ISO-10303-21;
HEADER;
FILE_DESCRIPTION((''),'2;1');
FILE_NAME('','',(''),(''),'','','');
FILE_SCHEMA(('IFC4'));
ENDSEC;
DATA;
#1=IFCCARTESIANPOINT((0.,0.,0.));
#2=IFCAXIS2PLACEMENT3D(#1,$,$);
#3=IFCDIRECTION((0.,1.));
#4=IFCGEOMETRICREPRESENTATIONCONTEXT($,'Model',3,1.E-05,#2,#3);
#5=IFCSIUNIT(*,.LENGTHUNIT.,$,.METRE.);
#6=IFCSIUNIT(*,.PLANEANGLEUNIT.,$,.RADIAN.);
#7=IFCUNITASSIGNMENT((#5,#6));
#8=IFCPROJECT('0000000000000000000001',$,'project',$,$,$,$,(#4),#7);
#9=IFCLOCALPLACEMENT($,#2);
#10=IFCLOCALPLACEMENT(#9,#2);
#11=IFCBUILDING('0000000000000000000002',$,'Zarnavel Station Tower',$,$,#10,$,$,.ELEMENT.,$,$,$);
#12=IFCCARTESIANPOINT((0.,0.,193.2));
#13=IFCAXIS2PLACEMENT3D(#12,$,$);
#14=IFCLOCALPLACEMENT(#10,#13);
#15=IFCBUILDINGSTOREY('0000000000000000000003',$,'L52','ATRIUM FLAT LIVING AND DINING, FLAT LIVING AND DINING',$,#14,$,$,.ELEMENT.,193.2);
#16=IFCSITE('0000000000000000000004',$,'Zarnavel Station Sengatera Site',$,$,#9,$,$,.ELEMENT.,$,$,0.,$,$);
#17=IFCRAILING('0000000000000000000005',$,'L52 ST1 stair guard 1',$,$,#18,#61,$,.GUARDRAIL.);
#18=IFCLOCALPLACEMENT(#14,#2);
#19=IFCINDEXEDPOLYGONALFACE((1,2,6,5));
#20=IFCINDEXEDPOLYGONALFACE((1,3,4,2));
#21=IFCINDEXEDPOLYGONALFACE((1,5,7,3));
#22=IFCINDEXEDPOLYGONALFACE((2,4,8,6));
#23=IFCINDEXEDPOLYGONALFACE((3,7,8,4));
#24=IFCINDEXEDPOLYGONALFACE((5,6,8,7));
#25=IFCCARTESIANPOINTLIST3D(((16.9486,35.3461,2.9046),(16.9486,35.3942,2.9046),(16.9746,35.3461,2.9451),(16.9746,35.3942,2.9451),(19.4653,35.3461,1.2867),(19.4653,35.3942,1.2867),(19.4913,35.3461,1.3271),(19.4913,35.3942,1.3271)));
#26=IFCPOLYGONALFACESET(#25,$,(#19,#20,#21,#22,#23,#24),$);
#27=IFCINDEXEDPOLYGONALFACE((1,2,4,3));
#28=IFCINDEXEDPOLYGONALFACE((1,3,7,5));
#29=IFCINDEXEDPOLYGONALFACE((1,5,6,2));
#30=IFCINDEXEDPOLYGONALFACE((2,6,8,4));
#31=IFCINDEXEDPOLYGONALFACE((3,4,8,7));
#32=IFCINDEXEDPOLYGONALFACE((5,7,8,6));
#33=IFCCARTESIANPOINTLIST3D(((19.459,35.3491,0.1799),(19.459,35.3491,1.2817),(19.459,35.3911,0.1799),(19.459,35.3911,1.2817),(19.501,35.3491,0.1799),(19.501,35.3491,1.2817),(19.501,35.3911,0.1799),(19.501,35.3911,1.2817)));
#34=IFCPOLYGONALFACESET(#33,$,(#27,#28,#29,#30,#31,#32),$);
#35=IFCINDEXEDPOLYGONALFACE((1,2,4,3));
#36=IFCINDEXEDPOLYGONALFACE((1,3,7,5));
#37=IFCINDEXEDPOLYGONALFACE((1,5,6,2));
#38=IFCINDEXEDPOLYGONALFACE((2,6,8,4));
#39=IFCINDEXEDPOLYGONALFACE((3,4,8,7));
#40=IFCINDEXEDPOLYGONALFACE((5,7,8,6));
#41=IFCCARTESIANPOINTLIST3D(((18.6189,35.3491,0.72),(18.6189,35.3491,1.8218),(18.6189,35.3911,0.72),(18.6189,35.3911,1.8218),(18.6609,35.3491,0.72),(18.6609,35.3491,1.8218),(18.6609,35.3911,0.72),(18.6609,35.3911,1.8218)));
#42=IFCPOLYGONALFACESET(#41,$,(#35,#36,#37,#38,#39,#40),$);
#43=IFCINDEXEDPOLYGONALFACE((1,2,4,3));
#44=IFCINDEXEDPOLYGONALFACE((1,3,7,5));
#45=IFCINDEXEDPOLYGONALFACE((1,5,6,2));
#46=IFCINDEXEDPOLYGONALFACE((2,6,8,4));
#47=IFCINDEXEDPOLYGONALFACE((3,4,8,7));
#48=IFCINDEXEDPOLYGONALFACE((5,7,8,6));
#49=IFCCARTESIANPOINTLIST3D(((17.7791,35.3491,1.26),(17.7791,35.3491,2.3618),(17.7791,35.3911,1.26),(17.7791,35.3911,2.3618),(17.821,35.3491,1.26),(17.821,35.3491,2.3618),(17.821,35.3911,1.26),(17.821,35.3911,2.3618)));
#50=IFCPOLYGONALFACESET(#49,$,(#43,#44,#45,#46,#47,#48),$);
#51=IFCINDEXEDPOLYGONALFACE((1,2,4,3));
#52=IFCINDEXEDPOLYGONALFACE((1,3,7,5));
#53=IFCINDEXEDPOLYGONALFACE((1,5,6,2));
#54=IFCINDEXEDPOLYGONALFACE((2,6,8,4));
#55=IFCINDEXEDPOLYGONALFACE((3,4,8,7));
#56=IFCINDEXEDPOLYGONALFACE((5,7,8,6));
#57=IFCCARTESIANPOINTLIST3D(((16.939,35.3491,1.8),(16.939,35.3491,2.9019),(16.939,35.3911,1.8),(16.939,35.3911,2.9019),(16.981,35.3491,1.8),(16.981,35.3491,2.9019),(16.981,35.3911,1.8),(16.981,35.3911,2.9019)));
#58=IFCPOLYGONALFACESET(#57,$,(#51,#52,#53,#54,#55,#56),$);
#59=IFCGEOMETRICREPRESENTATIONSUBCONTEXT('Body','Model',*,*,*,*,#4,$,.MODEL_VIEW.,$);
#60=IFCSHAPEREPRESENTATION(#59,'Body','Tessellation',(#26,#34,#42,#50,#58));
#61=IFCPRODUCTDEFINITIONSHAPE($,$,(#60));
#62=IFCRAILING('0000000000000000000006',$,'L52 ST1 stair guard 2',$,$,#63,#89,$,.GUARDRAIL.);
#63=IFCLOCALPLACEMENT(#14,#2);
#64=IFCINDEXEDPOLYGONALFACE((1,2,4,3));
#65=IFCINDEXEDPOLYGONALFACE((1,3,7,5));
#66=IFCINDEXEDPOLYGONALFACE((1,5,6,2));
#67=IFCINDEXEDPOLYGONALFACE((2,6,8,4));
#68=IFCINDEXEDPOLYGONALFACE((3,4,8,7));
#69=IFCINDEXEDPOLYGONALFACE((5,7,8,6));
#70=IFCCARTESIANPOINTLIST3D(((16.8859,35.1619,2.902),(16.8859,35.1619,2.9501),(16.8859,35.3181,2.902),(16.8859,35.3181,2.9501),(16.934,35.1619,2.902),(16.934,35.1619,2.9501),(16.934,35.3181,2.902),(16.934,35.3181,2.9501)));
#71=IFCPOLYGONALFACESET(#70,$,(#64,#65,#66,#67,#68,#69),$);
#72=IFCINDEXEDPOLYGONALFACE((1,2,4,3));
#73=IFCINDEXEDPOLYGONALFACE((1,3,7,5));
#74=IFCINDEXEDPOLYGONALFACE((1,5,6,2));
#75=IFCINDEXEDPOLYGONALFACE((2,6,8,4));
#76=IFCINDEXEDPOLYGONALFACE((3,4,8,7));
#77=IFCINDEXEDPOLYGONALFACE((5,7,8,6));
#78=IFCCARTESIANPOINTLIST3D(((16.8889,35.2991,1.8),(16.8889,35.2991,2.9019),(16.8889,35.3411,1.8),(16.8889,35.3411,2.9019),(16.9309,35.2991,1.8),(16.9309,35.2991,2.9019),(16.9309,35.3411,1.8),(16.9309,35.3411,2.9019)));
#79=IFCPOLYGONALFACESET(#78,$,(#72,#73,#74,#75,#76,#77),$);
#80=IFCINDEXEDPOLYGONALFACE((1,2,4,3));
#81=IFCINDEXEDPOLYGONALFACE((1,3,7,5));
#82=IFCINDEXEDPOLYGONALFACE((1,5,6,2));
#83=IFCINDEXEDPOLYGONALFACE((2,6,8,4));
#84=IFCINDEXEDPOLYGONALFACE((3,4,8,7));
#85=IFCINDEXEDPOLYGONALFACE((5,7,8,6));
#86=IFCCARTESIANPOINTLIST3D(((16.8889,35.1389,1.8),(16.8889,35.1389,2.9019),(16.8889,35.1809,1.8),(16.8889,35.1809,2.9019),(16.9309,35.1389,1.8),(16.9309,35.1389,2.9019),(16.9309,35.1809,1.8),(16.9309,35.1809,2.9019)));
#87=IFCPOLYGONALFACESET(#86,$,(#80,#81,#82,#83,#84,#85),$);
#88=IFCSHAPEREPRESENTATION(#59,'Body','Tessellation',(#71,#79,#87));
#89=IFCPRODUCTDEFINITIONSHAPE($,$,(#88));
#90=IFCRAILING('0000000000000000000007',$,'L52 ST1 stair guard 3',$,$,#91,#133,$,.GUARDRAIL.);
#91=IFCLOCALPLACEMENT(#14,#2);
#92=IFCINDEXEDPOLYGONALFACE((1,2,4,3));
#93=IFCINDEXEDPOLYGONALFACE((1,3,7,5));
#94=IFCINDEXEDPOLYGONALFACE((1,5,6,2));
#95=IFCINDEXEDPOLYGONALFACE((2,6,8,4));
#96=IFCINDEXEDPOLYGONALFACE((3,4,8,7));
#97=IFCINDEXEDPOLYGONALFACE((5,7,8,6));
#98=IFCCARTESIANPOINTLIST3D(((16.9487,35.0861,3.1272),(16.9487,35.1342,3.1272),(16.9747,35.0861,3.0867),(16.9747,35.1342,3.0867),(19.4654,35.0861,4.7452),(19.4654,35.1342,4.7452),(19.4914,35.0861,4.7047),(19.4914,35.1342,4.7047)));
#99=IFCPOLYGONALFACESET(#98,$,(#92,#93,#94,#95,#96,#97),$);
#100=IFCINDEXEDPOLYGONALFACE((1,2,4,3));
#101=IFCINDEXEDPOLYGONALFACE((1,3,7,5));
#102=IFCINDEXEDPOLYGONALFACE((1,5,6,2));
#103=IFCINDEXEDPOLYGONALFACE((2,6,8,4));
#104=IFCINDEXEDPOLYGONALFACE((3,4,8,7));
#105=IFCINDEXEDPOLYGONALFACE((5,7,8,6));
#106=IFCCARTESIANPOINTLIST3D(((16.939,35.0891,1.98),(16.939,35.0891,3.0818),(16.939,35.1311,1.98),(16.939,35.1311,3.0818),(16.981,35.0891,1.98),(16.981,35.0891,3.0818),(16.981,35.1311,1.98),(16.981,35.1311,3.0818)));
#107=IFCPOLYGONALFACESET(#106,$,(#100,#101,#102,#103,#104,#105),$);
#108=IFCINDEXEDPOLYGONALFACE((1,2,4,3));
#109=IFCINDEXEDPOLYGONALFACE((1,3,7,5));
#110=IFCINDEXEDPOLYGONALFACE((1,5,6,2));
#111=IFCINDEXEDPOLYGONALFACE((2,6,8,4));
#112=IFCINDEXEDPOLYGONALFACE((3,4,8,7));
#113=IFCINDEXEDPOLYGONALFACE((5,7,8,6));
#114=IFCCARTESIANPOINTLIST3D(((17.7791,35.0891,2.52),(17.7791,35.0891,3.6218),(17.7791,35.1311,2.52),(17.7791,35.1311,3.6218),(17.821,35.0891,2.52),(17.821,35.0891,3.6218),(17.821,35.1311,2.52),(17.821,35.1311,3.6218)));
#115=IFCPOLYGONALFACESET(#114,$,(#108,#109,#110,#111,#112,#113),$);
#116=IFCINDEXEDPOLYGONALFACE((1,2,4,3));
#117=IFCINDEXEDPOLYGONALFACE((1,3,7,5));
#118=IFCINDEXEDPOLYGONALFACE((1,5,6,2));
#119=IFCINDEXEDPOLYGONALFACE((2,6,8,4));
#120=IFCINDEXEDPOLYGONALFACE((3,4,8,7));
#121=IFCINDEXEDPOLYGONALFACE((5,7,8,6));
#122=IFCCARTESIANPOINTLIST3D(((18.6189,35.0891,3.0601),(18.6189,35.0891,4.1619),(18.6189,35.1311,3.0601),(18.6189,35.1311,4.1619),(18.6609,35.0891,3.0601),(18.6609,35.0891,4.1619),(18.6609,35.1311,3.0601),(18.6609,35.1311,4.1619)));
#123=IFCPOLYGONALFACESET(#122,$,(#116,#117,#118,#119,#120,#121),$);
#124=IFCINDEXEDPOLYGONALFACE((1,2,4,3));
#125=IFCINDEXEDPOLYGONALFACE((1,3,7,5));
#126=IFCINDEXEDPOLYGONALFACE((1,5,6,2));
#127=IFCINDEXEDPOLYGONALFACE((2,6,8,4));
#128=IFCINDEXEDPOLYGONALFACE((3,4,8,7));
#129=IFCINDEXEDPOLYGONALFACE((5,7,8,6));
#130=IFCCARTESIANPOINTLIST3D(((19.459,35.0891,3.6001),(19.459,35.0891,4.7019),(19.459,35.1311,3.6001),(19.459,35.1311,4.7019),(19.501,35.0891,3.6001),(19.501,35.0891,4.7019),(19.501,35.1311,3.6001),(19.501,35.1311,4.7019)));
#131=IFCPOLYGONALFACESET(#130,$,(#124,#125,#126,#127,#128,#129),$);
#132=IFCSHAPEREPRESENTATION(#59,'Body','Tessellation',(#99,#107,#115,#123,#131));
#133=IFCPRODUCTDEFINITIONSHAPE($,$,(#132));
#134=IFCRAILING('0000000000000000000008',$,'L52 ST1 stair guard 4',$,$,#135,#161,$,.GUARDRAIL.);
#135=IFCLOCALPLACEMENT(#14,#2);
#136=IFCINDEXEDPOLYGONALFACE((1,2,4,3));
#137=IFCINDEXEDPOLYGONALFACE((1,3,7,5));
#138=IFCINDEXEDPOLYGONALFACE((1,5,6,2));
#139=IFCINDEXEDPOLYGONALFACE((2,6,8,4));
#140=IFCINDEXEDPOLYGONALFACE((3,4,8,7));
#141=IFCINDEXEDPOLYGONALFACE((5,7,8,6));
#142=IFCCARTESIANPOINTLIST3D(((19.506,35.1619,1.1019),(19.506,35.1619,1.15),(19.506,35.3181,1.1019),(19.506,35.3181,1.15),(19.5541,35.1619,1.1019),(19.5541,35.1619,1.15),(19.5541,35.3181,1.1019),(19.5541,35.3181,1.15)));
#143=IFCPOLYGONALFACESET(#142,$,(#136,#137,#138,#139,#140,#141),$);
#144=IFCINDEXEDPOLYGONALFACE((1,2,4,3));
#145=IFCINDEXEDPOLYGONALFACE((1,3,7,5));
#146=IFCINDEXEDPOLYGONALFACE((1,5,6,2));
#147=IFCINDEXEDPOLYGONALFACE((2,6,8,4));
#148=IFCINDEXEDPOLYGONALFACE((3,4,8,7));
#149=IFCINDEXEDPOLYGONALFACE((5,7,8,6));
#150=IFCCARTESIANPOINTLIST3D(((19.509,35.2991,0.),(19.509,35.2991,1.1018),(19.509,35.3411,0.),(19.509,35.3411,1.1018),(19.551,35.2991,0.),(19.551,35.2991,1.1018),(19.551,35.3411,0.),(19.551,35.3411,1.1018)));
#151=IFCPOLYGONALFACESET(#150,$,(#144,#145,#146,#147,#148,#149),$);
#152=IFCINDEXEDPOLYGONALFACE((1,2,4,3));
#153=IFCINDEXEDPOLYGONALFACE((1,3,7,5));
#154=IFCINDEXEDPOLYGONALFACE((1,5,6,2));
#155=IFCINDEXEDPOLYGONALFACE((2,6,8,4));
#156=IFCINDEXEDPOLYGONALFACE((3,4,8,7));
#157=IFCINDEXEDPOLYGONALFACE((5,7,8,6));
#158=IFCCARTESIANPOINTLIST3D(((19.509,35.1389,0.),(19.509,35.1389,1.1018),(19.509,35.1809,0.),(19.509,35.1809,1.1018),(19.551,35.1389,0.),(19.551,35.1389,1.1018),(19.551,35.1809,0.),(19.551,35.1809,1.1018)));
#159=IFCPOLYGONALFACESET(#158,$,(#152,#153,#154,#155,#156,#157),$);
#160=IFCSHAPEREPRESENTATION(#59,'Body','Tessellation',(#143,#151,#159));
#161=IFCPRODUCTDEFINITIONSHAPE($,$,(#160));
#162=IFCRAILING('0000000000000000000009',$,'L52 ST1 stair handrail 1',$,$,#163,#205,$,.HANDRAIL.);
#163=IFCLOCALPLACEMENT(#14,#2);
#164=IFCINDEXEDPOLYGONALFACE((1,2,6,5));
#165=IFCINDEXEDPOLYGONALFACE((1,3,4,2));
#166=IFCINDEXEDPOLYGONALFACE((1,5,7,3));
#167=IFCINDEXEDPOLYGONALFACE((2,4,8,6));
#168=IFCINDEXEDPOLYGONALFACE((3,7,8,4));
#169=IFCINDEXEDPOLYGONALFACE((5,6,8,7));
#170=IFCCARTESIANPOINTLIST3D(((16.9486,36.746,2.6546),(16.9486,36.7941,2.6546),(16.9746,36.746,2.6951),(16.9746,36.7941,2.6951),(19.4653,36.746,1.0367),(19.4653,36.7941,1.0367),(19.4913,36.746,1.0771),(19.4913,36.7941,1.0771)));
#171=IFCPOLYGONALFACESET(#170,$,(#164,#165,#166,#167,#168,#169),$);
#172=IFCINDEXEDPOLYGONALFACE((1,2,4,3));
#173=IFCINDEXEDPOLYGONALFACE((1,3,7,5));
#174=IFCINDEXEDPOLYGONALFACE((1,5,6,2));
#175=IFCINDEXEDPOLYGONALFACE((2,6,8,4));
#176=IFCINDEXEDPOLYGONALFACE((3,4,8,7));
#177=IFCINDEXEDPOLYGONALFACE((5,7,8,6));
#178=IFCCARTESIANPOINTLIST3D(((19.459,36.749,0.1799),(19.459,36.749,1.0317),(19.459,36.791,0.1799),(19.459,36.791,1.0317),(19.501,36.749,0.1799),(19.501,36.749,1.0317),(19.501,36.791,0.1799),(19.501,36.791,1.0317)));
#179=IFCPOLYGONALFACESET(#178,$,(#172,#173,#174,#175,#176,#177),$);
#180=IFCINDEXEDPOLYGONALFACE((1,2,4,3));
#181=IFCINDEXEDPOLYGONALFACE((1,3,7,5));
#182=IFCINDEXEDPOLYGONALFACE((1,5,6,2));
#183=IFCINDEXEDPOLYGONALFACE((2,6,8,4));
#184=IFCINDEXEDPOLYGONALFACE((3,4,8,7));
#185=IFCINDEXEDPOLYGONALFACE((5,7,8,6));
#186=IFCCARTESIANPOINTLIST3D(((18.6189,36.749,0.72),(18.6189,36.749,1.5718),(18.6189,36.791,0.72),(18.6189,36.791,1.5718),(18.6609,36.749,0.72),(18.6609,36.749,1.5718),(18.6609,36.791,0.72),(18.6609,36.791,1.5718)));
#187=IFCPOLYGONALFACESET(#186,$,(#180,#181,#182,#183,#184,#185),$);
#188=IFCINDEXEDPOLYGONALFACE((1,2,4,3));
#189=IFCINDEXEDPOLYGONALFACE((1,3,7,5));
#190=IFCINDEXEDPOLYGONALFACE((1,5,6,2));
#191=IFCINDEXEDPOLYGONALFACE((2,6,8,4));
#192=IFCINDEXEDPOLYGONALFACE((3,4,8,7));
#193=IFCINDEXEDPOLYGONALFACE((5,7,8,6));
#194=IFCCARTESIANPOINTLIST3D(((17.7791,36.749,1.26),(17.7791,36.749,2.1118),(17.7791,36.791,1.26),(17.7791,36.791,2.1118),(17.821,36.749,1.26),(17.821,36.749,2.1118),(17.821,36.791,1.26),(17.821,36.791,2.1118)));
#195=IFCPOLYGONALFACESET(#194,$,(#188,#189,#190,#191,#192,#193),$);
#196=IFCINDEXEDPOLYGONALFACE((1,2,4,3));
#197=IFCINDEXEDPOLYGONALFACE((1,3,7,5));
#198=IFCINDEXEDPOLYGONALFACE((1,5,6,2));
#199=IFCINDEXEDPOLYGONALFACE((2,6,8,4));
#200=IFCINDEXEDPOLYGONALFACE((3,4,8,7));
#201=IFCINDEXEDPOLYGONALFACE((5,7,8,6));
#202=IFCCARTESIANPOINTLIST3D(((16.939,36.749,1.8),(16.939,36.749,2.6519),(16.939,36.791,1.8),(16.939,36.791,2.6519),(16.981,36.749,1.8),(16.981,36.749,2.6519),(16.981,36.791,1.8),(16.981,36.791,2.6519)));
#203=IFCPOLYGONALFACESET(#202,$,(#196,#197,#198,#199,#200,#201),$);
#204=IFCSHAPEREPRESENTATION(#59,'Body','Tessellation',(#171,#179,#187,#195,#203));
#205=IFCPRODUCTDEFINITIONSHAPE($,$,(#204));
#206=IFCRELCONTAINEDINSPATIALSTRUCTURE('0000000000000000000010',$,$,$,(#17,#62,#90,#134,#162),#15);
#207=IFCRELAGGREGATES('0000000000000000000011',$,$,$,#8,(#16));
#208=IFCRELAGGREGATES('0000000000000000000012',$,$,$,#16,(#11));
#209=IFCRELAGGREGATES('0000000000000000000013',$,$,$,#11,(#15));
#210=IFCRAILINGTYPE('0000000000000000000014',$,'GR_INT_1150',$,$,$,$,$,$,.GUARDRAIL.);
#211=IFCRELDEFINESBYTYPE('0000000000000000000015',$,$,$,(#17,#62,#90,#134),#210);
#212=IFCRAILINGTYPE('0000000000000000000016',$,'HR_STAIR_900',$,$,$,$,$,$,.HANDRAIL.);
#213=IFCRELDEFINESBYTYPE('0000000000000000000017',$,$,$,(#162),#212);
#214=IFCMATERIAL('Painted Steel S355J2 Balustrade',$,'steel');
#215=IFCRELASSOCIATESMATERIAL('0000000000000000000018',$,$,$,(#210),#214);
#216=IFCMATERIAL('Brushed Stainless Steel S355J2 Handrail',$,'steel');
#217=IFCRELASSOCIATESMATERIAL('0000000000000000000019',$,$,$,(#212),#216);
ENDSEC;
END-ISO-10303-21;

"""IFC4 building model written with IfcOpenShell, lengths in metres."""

from ifc_helpers import new_model, si_unit, direction, frame, origin, origin_2d, place, context, subcontext, project, spatial, rectangle, extrude, material, type_object, element, save


model = new_model("IFC4")

# Units and contexts
model_context = context("Model", 3, precision=1e-05, world=origin(), true_north=direction((0.0, 1.0)))
body_context = subcontext(model_context, "Body", "Model", "MODEL_VIEW")
ifc_project = project(units=[si_unit("LENGTHUNIT", "METRE"), si_unit("PLANEANGLEUNIT", "RADIAN")], contexts=[model_context])

# Site, building, storey
site_placement = place(None, origin())
site = spatial("IfcSite", under=ifc_project, at=site_placement, Name="Zarnavel Station Sengatera Site", CompositionType="ELEMENT", RefElevation=0.0)
building_placement = place(site_placement, origin())
building = spatial("IfcBuilding", under=site, at=building_placement, Name="Zarnavel Station Tower", CompositionType="ELEMENT")
storey_placement = place(building_placement, frame((0.0, 0.0, 193.2)))
storey = spatial("IfcBuildingStorey", under=building, at=storey_placement, Name="L52", Description="ATRIUM FLAT LIVING AND DINING, FLAT LIVING AND DINING", CompositionType="ELEMENT", Elevation=193.2)

# Railings
ifc_material_1 = material(Name="Painted Steel S355J2 Balustrade", Category="steel")
railing_type_1 = type_object("IfcRailingType", Name="GR_INT_1150", PredefinedType="GUARDRAIL", material=ifc_material_1)
railing_1_placement = place(storey_placement, frame((19.48, 35.3701, 0.1799)))
element("IfcRailing", 1, at=railing_1_placement, inside=storey, type_object=railing_type_1, Name="L52 ST1 stair guard 1", PredefinedType="GUARDRAIL", context=body_context, shape_type="SweptSolid", body=[
    extrude(rectangle(XDim=0.0481, YDim=0.0481, at=origin_2d()), frame((-0.0017, 0.0, 1.127), z_axis=(-0.841163, 0.0, 0.540782), x_axis=(0.0, -1.0, 0.0)), (0.0, 0.0, 1.0), 2.9919),
    extrude(rectangle(XDim=0.042, YDim=0.042, at=origin_2d()), origin(), (0.0, 0.0, 1.0), 1.1018),
    extrude(rectangle(XDim=0.042, YDim=0.042, at=origin_2d()), frame((-0.8401, 0.0, 0.54)), (0.0, 0.0, 1.0), 1.1018),
    extrude(rectangle(XDim=0.042, YDim=0.042, at=origin_2d()), frame((-1.6799, 0.0, 1.0801)), (0.0, 0.0, 1.0), 1.1018),
    extrude(rectangle(XDim=0.042, YDim=0.042, at=origin_2d()), frame((-2.52, 0.0, 1.6201)), (0.0, 0.0, 1.0), 1.1018),
])
railing_2_placement = place(storey_placement, frame((16.9099, 35.3201, 1.8)))
element("IfcRailing", 2, at=railing_2_placement, inside=storey, type_object=railing_type_1, Name="L52 ST1 stair guard 2", PredefinedType="GUARDRAIL", context=body_context, shape_type="SweptSolid", body=[
    extrude(rectangle(XDim=0.0481, YDim=0.0481, at=origin_2d()), frame((0.0, -0.002, 1.126), z_axis=(0.0, -1.0, 0.0), x_axis=(1.0, 0.0, 0.0)), (0.0, 0.0, 1.0), 0.1562),
    extrude(rectangle(XDim=0.042, YDim=0.042, at=origin_2d()), origin(), (0.0, 0.0, 1.0), 1.1018),
    extrude(rectangle(XDim=0.042, YDim=0.042, at=origin_2d()), frame((0.0, -0.1602, 0.0)), (0.0, 0.0, 1.0), 1.1018),
])
railing_3_placement = place(storey_placement, frame((16.96, 35.1101, 1.98)))
element("IfcRailing", 3, at=railing_3_placement, inside=storey, type_object=railing_type_1, Name="L52 ST1 stair guard 3", PredefinedType="GUARDRAIL", context=body_context, shape_type="SweptSolid", body=[
    extrude(rectangle(XDim=0.0481, YDim=0.0481, at=origin_2d()), frame((0.0017, 0.0, 1.127), z_axis=(0.841163, 0.0, 0.540782), x_axis=(0.0, 1.0, 0.0)), (0.0, 0.0, 1.0), 2.9919),
    extrude(rectangle(XDim=0.042, YDim=0.042, at=origin_2d()), origin(), (0.0, 0.0, 1.0), 1.1018),
    extrude(rectangle(XDim=0.042, YDim=0.042, at=origin_2d()), frame((0.8401, 0.0, 0.54)), (0.0, 0.0, 1.0), 1.1018),
    extrude(rectangle(XDim=0.042, YDim=0.042, at=origin_2d()), frame((1.6799, 0.0, 1.0801)), (0.0, 0.0, 1.0), 1.1018),
    extrude(rectangle(XDim=0.042, YDim=0.042, at=origin_2d()), frame((2.52, 0.0, 1.6201)), (0.0, 0.0, 1.0), 1.1018),
])
railing_4_placement = place(storey_placement, frame((19.53, 35.3201, 0.0)))
element("IfcRailing", 4, at=railing_4_placement, inside=storey, type_object=railing_type_1, Name="L52 ST1 stair guard 4", PredefinedType="GUARDRAIL", context=body_context, shape_type="SweptSolid", body=[
    extrude(rectangle(XDim=0.0481, YDim=0.0481, at=origin_2d()), frame((0.0, -0.002, 1.126), z_axis=(0.0, -1.0, 0.0), x_axis=(1.0, 0.0, 0.0)), (0.0, 0.0, 1.0), 0.1562),
    extrude(rectangle(XDim=0.042, YDim=0.042, at=origin_2d()), origin(), (0.0, 0.0, 1.0), 1.1018),
    extrude(rectangle(XDim=0.042, YDim=0.042, at=origin_2d()), frame((0.0, -0.1602, 0.0)), (0.0, 0.0, 1.0), 1.1018),
])
ifc_material_2 = material(Name="Brushed Stainless Steel S355J2 Handrail", Category="steel")
railing_type_2 = type_object("IfcRailingType", Name="HR_STAIR_900", PredefinedType="HANDRAIL", material=ifc_material_2)
railing_5_placement = place(storey_placement, frame((19.48, 36.77, 0.1799)))
element("IfcRailing", 5, at=railing_5_placement, inside=storey, type_object=railing_type_2, Name="L52 ST1 stair handrail 1", PredefinedType="HANDRAIL", context=body_context, shape_type="SweptSolid", body=[
    extrude(rectangle(XDim=0.0481, YDim=0.0481, at=origin_2d()), frame((-0.0017, 0.0, 0.877), z_axis=(-0.841163, 0.0, 0.540782), x_axis=(0.0, -1.0, 0.0)), (0.0, 0.0, 1.0), 2.9919),
    extrude(rectangle(XDim=0.042, YDim=0.042, at=origin_2d()), origin(), (0.0, 0.0, 1.0), 0.8518),
    extrude(rectangle(XDim=0.042, YDim=0.042, at=origin_2d()), frame((-0.8401, 0.0, 0.54)), (0.0, 0.0, 1.0), 0.8518),
    extrude(rectangle(XDim=0.042, YDim=0.042, at=origin_2d()), frame((-1.6799, 0.0, 1.0801)), (0.0, 0.0, 1.0), 0.8518),
    extrude(rectangle(XDim=0.042, YDim=0.042, at=origin_2d()), frame((-2.52, 0.0, 1.6201)), (0.0, 0.0, 1.0), 0.8518),
])

save(model, "model.ifc")
